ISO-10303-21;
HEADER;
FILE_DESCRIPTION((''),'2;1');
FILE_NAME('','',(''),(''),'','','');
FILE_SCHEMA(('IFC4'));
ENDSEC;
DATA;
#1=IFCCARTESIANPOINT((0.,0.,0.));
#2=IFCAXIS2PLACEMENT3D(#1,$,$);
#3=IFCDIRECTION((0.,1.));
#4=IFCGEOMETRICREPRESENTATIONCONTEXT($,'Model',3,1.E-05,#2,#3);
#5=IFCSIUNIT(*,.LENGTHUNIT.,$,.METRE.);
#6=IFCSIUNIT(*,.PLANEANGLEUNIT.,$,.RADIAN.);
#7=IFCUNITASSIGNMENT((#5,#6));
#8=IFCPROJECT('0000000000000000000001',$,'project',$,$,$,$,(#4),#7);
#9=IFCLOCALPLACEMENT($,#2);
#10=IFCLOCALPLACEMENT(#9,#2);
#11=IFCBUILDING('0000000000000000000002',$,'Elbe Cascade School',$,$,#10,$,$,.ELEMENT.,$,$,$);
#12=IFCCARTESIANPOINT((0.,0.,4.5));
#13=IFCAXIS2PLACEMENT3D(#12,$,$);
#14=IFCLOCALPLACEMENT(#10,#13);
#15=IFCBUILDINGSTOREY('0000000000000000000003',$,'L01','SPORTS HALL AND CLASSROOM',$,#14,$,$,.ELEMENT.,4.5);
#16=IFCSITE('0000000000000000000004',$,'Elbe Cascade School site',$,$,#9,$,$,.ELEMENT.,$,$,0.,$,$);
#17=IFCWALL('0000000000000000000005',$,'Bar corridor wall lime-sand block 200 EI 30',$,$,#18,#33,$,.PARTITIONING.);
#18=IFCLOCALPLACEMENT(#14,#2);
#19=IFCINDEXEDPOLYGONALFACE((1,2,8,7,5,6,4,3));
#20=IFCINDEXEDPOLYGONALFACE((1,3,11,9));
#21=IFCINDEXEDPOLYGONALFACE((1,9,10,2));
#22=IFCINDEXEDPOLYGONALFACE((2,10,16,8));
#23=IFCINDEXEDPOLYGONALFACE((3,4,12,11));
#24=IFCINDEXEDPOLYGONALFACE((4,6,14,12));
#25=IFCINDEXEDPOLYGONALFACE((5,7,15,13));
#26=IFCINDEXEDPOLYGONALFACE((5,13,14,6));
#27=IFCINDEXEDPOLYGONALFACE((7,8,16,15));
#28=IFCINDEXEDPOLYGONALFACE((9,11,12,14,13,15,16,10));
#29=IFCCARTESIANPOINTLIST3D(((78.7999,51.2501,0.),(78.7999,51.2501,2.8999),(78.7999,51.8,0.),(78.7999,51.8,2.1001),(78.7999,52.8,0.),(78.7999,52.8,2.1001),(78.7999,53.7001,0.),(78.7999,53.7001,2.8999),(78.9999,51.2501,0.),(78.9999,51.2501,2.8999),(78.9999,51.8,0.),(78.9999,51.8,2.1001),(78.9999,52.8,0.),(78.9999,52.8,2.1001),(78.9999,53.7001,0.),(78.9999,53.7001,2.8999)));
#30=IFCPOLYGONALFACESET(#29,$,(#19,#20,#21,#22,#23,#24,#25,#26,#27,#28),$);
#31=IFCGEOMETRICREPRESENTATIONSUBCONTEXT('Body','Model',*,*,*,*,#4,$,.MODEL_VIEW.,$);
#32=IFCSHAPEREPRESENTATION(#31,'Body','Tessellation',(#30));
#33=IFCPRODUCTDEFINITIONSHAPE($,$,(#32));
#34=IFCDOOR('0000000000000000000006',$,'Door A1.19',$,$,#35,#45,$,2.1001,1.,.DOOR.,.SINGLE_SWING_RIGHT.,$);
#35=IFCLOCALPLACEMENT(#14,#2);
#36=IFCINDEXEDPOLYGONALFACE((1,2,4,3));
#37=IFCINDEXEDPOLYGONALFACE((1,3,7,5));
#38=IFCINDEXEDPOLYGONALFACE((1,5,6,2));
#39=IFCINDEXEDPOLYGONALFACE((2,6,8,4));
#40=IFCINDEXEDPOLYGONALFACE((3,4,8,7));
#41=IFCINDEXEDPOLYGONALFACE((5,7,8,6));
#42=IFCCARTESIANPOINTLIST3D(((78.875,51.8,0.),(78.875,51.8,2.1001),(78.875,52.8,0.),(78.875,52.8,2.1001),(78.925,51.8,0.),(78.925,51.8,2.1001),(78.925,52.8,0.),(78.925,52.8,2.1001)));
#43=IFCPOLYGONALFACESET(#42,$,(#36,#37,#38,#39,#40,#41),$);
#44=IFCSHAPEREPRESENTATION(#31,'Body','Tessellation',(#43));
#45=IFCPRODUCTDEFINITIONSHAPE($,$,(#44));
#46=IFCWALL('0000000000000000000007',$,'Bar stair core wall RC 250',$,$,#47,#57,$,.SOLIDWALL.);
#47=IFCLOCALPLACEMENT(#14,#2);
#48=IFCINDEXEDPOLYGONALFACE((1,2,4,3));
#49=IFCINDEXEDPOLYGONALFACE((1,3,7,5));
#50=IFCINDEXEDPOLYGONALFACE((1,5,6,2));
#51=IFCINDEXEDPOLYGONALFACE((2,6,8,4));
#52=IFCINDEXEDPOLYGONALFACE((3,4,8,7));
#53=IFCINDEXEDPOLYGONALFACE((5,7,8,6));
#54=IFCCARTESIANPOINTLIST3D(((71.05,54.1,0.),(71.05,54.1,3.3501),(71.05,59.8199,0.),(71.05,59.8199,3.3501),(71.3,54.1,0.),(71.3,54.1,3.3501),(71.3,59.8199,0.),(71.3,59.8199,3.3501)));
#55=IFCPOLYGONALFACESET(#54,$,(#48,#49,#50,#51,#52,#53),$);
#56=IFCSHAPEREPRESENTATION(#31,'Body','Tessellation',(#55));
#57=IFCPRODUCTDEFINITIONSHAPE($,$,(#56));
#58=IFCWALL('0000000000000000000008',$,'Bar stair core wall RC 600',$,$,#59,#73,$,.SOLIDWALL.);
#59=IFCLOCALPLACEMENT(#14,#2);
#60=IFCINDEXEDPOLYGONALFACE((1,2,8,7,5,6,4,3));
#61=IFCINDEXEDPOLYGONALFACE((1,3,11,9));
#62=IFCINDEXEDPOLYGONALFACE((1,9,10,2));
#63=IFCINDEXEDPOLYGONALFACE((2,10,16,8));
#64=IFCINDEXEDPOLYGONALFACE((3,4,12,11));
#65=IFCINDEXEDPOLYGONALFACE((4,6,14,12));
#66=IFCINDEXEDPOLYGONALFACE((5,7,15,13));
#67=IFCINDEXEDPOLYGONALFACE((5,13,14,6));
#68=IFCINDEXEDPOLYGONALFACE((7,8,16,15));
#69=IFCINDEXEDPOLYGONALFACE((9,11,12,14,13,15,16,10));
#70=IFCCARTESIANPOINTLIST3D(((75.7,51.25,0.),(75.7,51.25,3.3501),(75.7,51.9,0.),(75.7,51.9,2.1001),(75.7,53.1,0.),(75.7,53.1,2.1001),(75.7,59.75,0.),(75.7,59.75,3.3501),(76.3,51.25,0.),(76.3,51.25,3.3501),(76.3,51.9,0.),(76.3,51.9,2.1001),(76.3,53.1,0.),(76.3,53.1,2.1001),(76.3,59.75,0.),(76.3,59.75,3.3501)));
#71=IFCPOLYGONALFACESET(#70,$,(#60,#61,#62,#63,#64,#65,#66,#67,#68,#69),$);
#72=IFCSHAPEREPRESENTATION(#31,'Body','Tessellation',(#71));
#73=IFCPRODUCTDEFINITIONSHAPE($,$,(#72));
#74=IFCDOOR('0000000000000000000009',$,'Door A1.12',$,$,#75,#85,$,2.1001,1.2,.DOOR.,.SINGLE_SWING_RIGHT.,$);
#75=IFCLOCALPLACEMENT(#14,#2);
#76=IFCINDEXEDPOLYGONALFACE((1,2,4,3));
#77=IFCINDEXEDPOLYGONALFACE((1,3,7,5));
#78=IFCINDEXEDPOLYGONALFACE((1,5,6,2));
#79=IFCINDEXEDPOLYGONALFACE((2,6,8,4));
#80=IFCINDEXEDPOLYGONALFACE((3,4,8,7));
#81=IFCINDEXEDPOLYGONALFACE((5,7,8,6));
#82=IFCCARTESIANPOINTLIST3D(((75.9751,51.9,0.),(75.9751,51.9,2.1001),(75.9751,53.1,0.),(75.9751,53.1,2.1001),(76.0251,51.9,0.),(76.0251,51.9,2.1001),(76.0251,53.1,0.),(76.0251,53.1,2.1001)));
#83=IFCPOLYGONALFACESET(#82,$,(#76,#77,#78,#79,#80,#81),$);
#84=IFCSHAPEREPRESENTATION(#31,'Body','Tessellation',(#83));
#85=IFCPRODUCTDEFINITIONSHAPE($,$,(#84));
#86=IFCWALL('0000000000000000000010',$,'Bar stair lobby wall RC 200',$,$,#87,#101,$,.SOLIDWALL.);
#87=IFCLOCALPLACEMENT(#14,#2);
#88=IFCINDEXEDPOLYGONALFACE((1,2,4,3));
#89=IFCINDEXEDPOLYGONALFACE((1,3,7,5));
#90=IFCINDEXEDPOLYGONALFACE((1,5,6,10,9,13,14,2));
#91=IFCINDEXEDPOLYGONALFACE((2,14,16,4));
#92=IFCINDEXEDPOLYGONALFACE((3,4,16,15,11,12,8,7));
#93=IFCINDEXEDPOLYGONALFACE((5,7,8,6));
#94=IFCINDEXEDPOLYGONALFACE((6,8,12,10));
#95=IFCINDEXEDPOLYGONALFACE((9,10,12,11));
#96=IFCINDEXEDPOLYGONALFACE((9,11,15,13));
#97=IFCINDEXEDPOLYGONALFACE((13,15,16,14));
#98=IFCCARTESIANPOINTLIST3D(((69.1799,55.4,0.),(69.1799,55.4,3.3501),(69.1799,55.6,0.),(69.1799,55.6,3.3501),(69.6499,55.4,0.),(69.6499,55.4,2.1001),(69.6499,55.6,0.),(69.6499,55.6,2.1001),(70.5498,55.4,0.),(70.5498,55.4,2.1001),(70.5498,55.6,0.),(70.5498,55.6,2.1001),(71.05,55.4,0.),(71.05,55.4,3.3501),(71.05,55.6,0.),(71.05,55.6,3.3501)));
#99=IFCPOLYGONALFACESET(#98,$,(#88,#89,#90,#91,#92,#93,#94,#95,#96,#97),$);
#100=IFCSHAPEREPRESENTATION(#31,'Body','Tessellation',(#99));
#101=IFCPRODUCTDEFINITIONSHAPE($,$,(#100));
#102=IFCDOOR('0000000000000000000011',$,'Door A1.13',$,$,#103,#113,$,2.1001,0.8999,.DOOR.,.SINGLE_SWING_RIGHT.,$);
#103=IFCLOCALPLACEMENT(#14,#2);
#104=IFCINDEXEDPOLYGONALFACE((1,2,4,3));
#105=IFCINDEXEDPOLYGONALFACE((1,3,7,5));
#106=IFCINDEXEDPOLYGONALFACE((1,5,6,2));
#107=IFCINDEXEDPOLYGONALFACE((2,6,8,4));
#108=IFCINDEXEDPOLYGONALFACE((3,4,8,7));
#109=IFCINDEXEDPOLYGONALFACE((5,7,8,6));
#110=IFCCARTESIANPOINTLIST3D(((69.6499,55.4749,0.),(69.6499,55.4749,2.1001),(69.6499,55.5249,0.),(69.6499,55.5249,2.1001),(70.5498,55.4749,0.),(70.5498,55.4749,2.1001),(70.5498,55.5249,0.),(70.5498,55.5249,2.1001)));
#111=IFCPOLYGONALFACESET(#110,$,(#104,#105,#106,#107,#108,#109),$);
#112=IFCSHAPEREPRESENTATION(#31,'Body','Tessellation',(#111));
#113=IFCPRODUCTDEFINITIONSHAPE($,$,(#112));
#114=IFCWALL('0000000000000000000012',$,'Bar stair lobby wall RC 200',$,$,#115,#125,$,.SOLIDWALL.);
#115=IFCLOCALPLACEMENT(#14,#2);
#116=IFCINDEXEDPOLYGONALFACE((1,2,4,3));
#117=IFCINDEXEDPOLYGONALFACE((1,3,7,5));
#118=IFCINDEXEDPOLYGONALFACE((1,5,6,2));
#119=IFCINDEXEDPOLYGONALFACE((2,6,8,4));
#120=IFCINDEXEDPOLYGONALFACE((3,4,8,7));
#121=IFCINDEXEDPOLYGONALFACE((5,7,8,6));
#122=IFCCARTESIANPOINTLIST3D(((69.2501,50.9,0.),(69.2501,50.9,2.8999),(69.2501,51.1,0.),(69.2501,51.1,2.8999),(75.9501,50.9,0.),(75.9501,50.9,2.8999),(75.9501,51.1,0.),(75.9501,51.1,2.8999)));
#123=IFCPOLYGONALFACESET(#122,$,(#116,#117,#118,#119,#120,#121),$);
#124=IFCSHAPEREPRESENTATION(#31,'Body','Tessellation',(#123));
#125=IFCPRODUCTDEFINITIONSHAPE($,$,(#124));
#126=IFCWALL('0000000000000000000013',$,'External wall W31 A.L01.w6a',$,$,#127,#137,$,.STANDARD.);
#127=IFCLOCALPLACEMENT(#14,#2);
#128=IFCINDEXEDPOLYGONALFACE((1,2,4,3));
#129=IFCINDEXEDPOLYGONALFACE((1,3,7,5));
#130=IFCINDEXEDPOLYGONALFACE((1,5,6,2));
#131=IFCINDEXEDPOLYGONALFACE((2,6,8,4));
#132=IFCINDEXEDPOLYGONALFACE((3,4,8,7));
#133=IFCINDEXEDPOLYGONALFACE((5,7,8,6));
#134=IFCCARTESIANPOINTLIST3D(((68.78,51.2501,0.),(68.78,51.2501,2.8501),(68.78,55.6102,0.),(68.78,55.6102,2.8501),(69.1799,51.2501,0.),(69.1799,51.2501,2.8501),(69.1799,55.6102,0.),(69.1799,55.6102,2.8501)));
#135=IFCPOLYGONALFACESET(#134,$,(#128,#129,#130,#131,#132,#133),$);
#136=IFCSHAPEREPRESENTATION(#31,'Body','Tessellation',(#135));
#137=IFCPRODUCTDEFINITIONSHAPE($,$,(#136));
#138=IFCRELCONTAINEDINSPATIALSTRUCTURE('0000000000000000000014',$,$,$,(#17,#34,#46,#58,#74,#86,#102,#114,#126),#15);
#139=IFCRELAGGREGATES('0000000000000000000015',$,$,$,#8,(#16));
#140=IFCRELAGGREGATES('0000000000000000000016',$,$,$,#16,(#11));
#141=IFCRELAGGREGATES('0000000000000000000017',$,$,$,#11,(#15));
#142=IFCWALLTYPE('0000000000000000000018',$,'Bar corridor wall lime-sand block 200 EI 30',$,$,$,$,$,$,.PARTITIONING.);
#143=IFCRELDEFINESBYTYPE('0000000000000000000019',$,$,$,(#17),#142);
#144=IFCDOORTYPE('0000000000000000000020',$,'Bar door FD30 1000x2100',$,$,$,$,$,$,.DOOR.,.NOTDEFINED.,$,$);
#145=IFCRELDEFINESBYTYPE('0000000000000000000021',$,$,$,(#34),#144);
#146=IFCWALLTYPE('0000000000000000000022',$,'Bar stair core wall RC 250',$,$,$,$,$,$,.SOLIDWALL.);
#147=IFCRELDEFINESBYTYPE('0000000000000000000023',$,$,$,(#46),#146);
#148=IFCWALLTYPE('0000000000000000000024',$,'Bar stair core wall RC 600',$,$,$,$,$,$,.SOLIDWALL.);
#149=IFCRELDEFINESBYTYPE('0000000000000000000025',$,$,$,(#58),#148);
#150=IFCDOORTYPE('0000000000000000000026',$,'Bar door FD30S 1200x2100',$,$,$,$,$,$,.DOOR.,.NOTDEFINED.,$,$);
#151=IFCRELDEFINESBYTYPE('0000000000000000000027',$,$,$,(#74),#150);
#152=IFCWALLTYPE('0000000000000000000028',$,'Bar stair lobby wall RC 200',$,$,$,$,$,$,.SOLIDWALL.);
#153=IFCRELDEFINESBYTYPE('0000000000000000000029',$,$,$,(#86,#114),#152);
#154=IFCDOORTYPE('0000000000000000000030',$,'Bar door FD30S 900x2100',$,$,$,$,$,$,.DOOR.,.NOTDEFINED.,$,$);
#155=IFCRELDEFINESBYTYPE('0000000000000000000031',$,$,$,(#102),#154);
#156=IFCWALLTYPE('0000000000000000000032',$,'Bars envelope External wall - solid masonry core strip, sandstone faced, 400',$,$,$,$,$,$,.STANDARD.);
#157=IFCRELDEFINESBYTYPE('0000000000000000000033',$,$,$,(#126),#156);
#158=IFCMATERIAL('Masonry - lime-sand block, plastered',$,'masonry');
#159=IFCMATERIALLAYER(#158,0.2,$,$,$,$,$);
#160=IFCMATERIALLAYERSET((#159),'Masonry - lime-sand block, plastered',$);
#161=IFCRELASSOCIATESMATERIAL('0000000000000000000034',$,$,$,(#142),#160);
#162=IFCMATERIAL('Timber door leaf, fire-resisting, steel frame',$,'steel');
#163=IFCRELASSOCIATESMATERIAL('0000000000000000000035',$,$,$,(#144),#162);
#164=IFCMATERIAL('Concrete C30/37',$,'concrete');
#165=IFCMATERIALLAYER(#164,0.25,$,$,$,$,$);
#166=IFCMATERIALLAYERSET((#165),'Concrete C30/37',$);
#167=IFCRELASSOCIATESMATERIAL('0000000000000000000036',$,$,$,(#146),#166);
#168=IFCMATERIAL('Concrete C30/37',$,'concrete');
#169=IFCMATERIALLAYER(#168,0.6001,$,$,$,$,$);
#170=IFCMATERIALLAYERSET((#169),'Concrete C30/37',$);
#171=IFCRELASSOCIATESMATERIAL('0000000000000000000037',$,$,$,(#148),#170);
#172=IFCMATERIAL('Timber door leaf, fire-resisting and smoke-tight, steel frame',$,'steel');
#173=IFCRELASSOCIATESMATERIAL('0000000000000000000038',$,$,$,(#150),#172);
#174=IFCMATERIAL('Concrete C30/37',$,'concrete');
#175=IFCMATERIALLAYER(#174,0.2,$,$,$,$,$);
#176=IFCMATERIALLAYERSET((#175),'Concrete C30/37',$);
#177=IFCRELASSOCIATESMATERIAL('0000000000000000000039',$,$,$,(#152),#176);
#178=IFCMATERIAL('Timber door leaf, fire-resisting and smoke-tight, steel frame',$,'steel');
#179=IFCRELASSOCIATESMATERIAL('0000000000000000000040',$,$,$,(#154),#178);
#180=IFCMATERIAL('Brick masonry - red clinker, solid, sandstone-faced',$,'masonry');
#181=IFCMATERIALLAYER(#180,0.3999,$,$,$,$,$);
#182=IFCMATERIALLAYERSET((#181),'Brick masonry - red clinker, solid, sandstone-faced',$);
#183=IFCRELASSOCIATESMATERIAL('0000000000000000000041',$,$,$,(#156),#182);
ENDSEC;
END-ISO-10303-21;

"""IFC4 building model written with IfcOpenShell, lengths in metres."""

from ifc_helpers import new_model, si_unit, direction, frame, frame_2d, origin, place, context, subcontext, project, spatial, rectangle, extrude, material, layer, layer_set, type_object, element, fill, save


model = new_model("IFC4")

# Units and contexts
model_context = context("Model", 3, precision=1e-05, world=origin(), true_north=direction((0.0, 1.0)))
body_context = subcontext(model_context, "Body", "Model", "MODEL_VIEW")
ifc_project = project(units=[si_unit("LENGTHUNIT", "METRE"), si_unit("PLANEANGLEUNIT", "RADIAN")], contexts=[model_context])

# Site, building, storey
site_placement = place(None, origin())
site = spatial("IfcSite", under=ifc_project, at=site_placement, Name="Elbe Cascade School site", CompositionType="ELEMENT", RefElevation=0.0)
building_placement = place(site_placement, origin())
building = spatial("IfcBuilding", under=site, at=building_placement, Name="Elbe Cascade School", CompositionType="ELEMENT")
storey_placement = place(building_placement, frame((0.0, 0.0, 4.5)))
storey = spatial("IfcBuildingStorey", under=building, at=storey_placement, Name="L01", Description="SPORTS HALL AND CLASSROOM", CompositionType="ELEMENT", Elevation=4.5)

# Wall, opening, door
ifc_material_1 = material(Name="Masonry - lime-sand block, plastered", Category="masonry")
ifc_layer_1 = layer(ifc_material_1, 0.2)
ifc_layer_set_1 = layer_set([ifc_layer_1], Name="Masonry - lime-sand block, plastered")
wall_type_1 = type_object("IfcWallType", Name="Bar corridor wall lime-sand block 200 EI 30", PredefinedType="PARTITIONING", material=ifc_layer_set_1)
wall_1_placement = place(storey_placement, frame((78.8999, 51.25, 0.0), z_axis=(0.0, 0.0, 1.0), x_axis=(0.0, 1.0, 0.0)))
wall_1 = element("IfcWall", 1, at=wall_1_placement, inside=storey, type_object=wall_type_1, Name="Bar corridor wall lime-sand block 200 EI 30", PredefinedType="PARTITIONING", context=body_context, shape_type="SweptSolid", body=[
    extrude(rectangle(XDim=2.45, YDim=0.2, at=frame_2d((1.2251, 0.0))), origin(), (0.0, 0.0, 1.0), 2.8999),
])
opening_1_placement = place(wall_1_placement, frame((0.55, 0.0, 0.0)))
opening_1 = element("IfcOpeningElement", 2, at=opening_1_placement, cuts=wall_1, PredefinedType="OPENING", context=body_context, shape_type="SweptSolid", body=[
    extrude(rectangle(XDim=1.0, YDim=2.1001, at=frame_2d((0.5, 1.05))), frame((0.0, 0.1099, 0.0), z_axis=(0.0, -1.0, 0.0), x_axis=(1.0, 0.0, 0.0)), (0.0, 0.0, 1.0), 0.22),
])
ifc_material_2 = material(Name="Timber door leaf, fire-resisting, steel frame", Category="steel")
door_type_1 = type_object("IfcDoorType", Name="Bar door FD30 1000x2100", OperationType="NOTDEFINED", PredefinedType="DOOR", material=ifc_material_2)
door_1_placement = place(opening_1_placement, origin())
door_1 = element("IfcDoor", 3, at=door_1_placement, inside=storey, type_object=door_type_1, Name="Door A1.19", OperationType="SINGLE_SWING_RIGHT", OverallHeight=2.1001, OverallWidth=1.0, PredefinedType="DOOR", context=body_context, shape_type="SweptSolid", body=[
    extrude(rectangle(XDim=1.0, YDim=2.1001, at=frame_2d((0.5, 1.05))), frame((0.0, 0.0249, 0.0), z_axis=(0.0, -1.0, 0.0), x_axis=(1.0, 0.0, 0.0)), (0.0, 0.0, 1.0), 0.05),
])
fill(opening_1, door_1)

# Wall
ifc_material_3 = material(Name="Concrete C30/37", Category="concrete")
ifc_layer_2 = layer(ifc_material_3, 0.25)
ifc_layer_set_2 = layer_set([ifc_layer_2], Name="Concrete C30/37")
wall_type_2 = type_object("IfcWallType", Name="Bar stair core wall RC 250", PredefinedType="SOLIDWALL", material=ifc_layer_set_2)
wall_2_placement = place(storey_placement, frame((71.175, 54.1001, 0.0), z_axis=(0.0, 0.0, 1.0), x_axis=(0.0, 1.0, 0.0)))
element("IfcWall", 4, at=wall_2_placement, inside=storey, type_object=wall_type_2, Name="Bar stair core wall RC 250", PredefinedType="SOLIDWALL", context=body_context, shape_type="SweptSolid", body=[
    extrude(rectangle(XDim=5.72, YDim=0.25, at=frame_2d((2.8599, 0.0))), origin(), (0.0, 0.0, 1.0), 3.3501),
])

# Walls, openings, doors
ifc_material_4 = material(Name="Concrete C30/37", Category="concrete")
ifc_layer_3 = layer(ifc_material_4, 0.6001)
ifc_layer_set_3 = layer_set([ifc_layer_3], Name="Concrete C30/37")
wall_type_3 = type_object("IfcWallType", Name="Bar stair core wall RC 600", PredefinedType="SOLIDWALL", material=ifc_layer_set_3)
wall_3_placement = place(storey_placement, frame((76.0, 51.25, 0.0), z_axis=(0.0, 0.0, 1.0), x_axis=(0.0, 1.0, 0.0)))
wall_3 = element("IfcWall", 5, at=wall_3_placement, inside=storey, type_object=wall_type_3, Name="Bar stair core wall RC 600", PredefinedType="SOLIDWALL", context=body_context, shape_type="SweptSolid", body=[
    extrude(rectangle(XDim=8.5, YDim=0.6001, at=frame_2d((4.25, 0.0))), origin(), (0.0, 0.0, 1.0), 3.3501),
])
opening_2_placement = place(wall_3_placement, frame((0.6499, 0.0, 0.0)))
opening_2 = element("IfcOpeningElement", 6, at=opening_2_placement, cuts=wall_3, PredefinedType="OPENING", context=body_context, shape_type="SweptSolid", body=[
    extrude(rectangle(XDim=1.2, YDim=2.1001, at=frame_2d((0.6001, 1.05))), frame((0.0, 0.3101, 0.0), z_axis=(0.0, -1.0, 0.0), x_axis=(1.0, 0.0, 0.0)), (0.0, 0.0, 1.0), 0.6201),
])
ifc_material_5 = material(Name="Timber door leaf, fire-resisting and smoke-tight, steel frame", Category="steel")
door_type_2 = type_object("IfcDoorType", Name="Bar door FD30S 1200x2100", OperationType="NOTDEFINED", PredefinedType="DOOR", material=ifc_material_5)
door_2_placement = place(opening_2_placement, origin())
door_2 = element("IfcDoor", 7, at=door_2_placement, inside=storey, type_object=door_type_2, Name="Door A1.12", OperationType="SINGLE_SWING_RIGHT", OverallHeight=2.1001, OverallWidth=1.2, PredefinedType="DOOR", context=body_context, shape_type="SweptSolid", body=[
    extrude(rectangle(XDim=1.2, YDim=2.1001, at=frame_2d((0.6001, 1.05))), frame((0.0, 0.0249, 0.0), z_axis=(0.0, -1.0, 0.0), x_axis=(1.0, 0.0, 0.0)), (0.0, 0.0, 1.0), 0.05),
])
fill(opening_2, door_2)
ifc_material_6 = material(Name="Concrete C30/37", Category="concrete")
ifc_layer_4 = layer(ifc_material_6, 0.2)
ifc_layer_set_4 = layer_set([ifc_layer_4], Name="Concrete C30/37")
wall_type_4 = type_object("IfcWallType", Name="Bar stair lobby wall RC 200", PredefinedType="SOLIDWALL", material=ifc_layer_set_4)
wall_4_placement = place(storey_placement, frame((69.1799, 55.5, 0.0), z_axis=(0.0, 0.0, 1.0), x_axis=(1.0, 0.0, 0.0)))
wall_4 = element("IfcWall", 8, at=wall_4_placement, inside=storey, type_object=wall_type_4, Name="Bar stair lobby wall RC 200", PredefinedType="SOLIDWALL", context=body_context, shape_type="SweptSolid", body=[
    extrude(rectangle(XDim=1.8701, YDim=0.2, at=frame_2d((0.9351, 0.0))), origin(), (0.0, 0.0, 1.0), 3.3501),
])
opening_3_placement = place(wall_4_placement, frame((0.47, 0.0, 0.0)))
opening_3 = element("IfcOpeningElement", 9, at=opening_3_placement, cuts=wall_4, PredefinedType="OPENING", context=body_context, shape_type="SweptSolid", body=[
    extrude(rectangle(XDim=0.8999, YDim=2.1001, at=frame_2d((0.45, 1.05))), frame((0.0, 0.1099, 0.0), z_axis=(0.0, -1.0, 0.0), x_axis=(1.0, 0.0, 0.0)), (0.0, 0.0, 1.0), 0.22),
])
ifc_material_7 = material(Name="Timber door leaf, fire-resisting and smoke-tight, steel frame", Category="steel")
door_type_3 = type_object("IfcDoorType", Name="Bar door FD30S 900x2100", OperationType="NOTDEFINED", PredefinedType="DOOR", material=ifc_material_7)
door_3_placement = place(opening_3_placement, origin())
door_3 = element("IfcDoor", 10, at=door_3_placement, inside=storey, type_object=door_type_3, Name="Door A1.13", OperationType="SINGLE_SWING_RIGHT", OverallHeight=2.1001, OverallWidth=0.8999, PredefinedType="DOOR", context=body_context, shape_type="SweptSolid", body=[
    extrude(rectangle(XDim=0.8999, YDim=2.1001, at=frame_2d((0.45, 1.05))), frame((0.0, 0.0249, 0.0), z_axis=(0.0, -1.0, 0.0), x_axis=(1.0, 0.0, 0.0)), (0.0, 0.0, 1.0), 0.05),
])
fill(opening_3, door_3)

# Walls
wall_5_placement = place(storey_placement, frame((69.25, 51.0, 0.0), z_axis=(0.0, 0.0, 1.0), x_axis=(1.0, 0.0, 0.0)))
element("IfcWall", 11, at=wall_5_placement, inside=storey, type_object=wall_type_4, Name="Bar stair lobby wall RC 200", PredefinedType="SOLIDWALL", context=body_context, shape_type="SweptSolid", body=[
    extrude(rectangle(XDim=6.7, YDim=0.2, at=frame_2d((3.3501, 0.0))), origin(), (0.0, 0.0, 1.0), 2.8999),
])
ifc_material_8 = material(Name="Brick masonry - red clinker, solid, sandstone-faced", Category="masonry")
ifc_layer_5 = layer(ifc_material_8, 0.3999)
ifc_layer_set_5 = layer_set([ifc_layer_5], Name="Brick masonry - red clinker, solid, sandstone-faced")
wall_type_5 = type_object("IfcWallType", Name="Bars envelope External wall - solid masonry core strip, sandstone faced, 400", PredefinedType="STANDARD", material=ifc_layer_set_5)
wall_6_placement = place(storey_placement, frame((68.98, 51.25, 0.0), z_axis=(0.0, 0.0, 1.0), x_axis=(0.0, 1.0, 0.0)))
element("IfcWall", 12, at=wall_6_placement, inside=storey, type_object=wall_type_5, Name="External wall W31 A.L01.w6a", PredefinedType="STANDARD", context=body_context, shape_type="SweptSolid", body=[
    extrude(rectangle(XDim=4.3601, YDim=0.3999, at=frame_2d((2.1802, 0.0))), origin(), (0.0, 0.0, 1.0), 2.8501),
])

save(model, "model.ifc")
